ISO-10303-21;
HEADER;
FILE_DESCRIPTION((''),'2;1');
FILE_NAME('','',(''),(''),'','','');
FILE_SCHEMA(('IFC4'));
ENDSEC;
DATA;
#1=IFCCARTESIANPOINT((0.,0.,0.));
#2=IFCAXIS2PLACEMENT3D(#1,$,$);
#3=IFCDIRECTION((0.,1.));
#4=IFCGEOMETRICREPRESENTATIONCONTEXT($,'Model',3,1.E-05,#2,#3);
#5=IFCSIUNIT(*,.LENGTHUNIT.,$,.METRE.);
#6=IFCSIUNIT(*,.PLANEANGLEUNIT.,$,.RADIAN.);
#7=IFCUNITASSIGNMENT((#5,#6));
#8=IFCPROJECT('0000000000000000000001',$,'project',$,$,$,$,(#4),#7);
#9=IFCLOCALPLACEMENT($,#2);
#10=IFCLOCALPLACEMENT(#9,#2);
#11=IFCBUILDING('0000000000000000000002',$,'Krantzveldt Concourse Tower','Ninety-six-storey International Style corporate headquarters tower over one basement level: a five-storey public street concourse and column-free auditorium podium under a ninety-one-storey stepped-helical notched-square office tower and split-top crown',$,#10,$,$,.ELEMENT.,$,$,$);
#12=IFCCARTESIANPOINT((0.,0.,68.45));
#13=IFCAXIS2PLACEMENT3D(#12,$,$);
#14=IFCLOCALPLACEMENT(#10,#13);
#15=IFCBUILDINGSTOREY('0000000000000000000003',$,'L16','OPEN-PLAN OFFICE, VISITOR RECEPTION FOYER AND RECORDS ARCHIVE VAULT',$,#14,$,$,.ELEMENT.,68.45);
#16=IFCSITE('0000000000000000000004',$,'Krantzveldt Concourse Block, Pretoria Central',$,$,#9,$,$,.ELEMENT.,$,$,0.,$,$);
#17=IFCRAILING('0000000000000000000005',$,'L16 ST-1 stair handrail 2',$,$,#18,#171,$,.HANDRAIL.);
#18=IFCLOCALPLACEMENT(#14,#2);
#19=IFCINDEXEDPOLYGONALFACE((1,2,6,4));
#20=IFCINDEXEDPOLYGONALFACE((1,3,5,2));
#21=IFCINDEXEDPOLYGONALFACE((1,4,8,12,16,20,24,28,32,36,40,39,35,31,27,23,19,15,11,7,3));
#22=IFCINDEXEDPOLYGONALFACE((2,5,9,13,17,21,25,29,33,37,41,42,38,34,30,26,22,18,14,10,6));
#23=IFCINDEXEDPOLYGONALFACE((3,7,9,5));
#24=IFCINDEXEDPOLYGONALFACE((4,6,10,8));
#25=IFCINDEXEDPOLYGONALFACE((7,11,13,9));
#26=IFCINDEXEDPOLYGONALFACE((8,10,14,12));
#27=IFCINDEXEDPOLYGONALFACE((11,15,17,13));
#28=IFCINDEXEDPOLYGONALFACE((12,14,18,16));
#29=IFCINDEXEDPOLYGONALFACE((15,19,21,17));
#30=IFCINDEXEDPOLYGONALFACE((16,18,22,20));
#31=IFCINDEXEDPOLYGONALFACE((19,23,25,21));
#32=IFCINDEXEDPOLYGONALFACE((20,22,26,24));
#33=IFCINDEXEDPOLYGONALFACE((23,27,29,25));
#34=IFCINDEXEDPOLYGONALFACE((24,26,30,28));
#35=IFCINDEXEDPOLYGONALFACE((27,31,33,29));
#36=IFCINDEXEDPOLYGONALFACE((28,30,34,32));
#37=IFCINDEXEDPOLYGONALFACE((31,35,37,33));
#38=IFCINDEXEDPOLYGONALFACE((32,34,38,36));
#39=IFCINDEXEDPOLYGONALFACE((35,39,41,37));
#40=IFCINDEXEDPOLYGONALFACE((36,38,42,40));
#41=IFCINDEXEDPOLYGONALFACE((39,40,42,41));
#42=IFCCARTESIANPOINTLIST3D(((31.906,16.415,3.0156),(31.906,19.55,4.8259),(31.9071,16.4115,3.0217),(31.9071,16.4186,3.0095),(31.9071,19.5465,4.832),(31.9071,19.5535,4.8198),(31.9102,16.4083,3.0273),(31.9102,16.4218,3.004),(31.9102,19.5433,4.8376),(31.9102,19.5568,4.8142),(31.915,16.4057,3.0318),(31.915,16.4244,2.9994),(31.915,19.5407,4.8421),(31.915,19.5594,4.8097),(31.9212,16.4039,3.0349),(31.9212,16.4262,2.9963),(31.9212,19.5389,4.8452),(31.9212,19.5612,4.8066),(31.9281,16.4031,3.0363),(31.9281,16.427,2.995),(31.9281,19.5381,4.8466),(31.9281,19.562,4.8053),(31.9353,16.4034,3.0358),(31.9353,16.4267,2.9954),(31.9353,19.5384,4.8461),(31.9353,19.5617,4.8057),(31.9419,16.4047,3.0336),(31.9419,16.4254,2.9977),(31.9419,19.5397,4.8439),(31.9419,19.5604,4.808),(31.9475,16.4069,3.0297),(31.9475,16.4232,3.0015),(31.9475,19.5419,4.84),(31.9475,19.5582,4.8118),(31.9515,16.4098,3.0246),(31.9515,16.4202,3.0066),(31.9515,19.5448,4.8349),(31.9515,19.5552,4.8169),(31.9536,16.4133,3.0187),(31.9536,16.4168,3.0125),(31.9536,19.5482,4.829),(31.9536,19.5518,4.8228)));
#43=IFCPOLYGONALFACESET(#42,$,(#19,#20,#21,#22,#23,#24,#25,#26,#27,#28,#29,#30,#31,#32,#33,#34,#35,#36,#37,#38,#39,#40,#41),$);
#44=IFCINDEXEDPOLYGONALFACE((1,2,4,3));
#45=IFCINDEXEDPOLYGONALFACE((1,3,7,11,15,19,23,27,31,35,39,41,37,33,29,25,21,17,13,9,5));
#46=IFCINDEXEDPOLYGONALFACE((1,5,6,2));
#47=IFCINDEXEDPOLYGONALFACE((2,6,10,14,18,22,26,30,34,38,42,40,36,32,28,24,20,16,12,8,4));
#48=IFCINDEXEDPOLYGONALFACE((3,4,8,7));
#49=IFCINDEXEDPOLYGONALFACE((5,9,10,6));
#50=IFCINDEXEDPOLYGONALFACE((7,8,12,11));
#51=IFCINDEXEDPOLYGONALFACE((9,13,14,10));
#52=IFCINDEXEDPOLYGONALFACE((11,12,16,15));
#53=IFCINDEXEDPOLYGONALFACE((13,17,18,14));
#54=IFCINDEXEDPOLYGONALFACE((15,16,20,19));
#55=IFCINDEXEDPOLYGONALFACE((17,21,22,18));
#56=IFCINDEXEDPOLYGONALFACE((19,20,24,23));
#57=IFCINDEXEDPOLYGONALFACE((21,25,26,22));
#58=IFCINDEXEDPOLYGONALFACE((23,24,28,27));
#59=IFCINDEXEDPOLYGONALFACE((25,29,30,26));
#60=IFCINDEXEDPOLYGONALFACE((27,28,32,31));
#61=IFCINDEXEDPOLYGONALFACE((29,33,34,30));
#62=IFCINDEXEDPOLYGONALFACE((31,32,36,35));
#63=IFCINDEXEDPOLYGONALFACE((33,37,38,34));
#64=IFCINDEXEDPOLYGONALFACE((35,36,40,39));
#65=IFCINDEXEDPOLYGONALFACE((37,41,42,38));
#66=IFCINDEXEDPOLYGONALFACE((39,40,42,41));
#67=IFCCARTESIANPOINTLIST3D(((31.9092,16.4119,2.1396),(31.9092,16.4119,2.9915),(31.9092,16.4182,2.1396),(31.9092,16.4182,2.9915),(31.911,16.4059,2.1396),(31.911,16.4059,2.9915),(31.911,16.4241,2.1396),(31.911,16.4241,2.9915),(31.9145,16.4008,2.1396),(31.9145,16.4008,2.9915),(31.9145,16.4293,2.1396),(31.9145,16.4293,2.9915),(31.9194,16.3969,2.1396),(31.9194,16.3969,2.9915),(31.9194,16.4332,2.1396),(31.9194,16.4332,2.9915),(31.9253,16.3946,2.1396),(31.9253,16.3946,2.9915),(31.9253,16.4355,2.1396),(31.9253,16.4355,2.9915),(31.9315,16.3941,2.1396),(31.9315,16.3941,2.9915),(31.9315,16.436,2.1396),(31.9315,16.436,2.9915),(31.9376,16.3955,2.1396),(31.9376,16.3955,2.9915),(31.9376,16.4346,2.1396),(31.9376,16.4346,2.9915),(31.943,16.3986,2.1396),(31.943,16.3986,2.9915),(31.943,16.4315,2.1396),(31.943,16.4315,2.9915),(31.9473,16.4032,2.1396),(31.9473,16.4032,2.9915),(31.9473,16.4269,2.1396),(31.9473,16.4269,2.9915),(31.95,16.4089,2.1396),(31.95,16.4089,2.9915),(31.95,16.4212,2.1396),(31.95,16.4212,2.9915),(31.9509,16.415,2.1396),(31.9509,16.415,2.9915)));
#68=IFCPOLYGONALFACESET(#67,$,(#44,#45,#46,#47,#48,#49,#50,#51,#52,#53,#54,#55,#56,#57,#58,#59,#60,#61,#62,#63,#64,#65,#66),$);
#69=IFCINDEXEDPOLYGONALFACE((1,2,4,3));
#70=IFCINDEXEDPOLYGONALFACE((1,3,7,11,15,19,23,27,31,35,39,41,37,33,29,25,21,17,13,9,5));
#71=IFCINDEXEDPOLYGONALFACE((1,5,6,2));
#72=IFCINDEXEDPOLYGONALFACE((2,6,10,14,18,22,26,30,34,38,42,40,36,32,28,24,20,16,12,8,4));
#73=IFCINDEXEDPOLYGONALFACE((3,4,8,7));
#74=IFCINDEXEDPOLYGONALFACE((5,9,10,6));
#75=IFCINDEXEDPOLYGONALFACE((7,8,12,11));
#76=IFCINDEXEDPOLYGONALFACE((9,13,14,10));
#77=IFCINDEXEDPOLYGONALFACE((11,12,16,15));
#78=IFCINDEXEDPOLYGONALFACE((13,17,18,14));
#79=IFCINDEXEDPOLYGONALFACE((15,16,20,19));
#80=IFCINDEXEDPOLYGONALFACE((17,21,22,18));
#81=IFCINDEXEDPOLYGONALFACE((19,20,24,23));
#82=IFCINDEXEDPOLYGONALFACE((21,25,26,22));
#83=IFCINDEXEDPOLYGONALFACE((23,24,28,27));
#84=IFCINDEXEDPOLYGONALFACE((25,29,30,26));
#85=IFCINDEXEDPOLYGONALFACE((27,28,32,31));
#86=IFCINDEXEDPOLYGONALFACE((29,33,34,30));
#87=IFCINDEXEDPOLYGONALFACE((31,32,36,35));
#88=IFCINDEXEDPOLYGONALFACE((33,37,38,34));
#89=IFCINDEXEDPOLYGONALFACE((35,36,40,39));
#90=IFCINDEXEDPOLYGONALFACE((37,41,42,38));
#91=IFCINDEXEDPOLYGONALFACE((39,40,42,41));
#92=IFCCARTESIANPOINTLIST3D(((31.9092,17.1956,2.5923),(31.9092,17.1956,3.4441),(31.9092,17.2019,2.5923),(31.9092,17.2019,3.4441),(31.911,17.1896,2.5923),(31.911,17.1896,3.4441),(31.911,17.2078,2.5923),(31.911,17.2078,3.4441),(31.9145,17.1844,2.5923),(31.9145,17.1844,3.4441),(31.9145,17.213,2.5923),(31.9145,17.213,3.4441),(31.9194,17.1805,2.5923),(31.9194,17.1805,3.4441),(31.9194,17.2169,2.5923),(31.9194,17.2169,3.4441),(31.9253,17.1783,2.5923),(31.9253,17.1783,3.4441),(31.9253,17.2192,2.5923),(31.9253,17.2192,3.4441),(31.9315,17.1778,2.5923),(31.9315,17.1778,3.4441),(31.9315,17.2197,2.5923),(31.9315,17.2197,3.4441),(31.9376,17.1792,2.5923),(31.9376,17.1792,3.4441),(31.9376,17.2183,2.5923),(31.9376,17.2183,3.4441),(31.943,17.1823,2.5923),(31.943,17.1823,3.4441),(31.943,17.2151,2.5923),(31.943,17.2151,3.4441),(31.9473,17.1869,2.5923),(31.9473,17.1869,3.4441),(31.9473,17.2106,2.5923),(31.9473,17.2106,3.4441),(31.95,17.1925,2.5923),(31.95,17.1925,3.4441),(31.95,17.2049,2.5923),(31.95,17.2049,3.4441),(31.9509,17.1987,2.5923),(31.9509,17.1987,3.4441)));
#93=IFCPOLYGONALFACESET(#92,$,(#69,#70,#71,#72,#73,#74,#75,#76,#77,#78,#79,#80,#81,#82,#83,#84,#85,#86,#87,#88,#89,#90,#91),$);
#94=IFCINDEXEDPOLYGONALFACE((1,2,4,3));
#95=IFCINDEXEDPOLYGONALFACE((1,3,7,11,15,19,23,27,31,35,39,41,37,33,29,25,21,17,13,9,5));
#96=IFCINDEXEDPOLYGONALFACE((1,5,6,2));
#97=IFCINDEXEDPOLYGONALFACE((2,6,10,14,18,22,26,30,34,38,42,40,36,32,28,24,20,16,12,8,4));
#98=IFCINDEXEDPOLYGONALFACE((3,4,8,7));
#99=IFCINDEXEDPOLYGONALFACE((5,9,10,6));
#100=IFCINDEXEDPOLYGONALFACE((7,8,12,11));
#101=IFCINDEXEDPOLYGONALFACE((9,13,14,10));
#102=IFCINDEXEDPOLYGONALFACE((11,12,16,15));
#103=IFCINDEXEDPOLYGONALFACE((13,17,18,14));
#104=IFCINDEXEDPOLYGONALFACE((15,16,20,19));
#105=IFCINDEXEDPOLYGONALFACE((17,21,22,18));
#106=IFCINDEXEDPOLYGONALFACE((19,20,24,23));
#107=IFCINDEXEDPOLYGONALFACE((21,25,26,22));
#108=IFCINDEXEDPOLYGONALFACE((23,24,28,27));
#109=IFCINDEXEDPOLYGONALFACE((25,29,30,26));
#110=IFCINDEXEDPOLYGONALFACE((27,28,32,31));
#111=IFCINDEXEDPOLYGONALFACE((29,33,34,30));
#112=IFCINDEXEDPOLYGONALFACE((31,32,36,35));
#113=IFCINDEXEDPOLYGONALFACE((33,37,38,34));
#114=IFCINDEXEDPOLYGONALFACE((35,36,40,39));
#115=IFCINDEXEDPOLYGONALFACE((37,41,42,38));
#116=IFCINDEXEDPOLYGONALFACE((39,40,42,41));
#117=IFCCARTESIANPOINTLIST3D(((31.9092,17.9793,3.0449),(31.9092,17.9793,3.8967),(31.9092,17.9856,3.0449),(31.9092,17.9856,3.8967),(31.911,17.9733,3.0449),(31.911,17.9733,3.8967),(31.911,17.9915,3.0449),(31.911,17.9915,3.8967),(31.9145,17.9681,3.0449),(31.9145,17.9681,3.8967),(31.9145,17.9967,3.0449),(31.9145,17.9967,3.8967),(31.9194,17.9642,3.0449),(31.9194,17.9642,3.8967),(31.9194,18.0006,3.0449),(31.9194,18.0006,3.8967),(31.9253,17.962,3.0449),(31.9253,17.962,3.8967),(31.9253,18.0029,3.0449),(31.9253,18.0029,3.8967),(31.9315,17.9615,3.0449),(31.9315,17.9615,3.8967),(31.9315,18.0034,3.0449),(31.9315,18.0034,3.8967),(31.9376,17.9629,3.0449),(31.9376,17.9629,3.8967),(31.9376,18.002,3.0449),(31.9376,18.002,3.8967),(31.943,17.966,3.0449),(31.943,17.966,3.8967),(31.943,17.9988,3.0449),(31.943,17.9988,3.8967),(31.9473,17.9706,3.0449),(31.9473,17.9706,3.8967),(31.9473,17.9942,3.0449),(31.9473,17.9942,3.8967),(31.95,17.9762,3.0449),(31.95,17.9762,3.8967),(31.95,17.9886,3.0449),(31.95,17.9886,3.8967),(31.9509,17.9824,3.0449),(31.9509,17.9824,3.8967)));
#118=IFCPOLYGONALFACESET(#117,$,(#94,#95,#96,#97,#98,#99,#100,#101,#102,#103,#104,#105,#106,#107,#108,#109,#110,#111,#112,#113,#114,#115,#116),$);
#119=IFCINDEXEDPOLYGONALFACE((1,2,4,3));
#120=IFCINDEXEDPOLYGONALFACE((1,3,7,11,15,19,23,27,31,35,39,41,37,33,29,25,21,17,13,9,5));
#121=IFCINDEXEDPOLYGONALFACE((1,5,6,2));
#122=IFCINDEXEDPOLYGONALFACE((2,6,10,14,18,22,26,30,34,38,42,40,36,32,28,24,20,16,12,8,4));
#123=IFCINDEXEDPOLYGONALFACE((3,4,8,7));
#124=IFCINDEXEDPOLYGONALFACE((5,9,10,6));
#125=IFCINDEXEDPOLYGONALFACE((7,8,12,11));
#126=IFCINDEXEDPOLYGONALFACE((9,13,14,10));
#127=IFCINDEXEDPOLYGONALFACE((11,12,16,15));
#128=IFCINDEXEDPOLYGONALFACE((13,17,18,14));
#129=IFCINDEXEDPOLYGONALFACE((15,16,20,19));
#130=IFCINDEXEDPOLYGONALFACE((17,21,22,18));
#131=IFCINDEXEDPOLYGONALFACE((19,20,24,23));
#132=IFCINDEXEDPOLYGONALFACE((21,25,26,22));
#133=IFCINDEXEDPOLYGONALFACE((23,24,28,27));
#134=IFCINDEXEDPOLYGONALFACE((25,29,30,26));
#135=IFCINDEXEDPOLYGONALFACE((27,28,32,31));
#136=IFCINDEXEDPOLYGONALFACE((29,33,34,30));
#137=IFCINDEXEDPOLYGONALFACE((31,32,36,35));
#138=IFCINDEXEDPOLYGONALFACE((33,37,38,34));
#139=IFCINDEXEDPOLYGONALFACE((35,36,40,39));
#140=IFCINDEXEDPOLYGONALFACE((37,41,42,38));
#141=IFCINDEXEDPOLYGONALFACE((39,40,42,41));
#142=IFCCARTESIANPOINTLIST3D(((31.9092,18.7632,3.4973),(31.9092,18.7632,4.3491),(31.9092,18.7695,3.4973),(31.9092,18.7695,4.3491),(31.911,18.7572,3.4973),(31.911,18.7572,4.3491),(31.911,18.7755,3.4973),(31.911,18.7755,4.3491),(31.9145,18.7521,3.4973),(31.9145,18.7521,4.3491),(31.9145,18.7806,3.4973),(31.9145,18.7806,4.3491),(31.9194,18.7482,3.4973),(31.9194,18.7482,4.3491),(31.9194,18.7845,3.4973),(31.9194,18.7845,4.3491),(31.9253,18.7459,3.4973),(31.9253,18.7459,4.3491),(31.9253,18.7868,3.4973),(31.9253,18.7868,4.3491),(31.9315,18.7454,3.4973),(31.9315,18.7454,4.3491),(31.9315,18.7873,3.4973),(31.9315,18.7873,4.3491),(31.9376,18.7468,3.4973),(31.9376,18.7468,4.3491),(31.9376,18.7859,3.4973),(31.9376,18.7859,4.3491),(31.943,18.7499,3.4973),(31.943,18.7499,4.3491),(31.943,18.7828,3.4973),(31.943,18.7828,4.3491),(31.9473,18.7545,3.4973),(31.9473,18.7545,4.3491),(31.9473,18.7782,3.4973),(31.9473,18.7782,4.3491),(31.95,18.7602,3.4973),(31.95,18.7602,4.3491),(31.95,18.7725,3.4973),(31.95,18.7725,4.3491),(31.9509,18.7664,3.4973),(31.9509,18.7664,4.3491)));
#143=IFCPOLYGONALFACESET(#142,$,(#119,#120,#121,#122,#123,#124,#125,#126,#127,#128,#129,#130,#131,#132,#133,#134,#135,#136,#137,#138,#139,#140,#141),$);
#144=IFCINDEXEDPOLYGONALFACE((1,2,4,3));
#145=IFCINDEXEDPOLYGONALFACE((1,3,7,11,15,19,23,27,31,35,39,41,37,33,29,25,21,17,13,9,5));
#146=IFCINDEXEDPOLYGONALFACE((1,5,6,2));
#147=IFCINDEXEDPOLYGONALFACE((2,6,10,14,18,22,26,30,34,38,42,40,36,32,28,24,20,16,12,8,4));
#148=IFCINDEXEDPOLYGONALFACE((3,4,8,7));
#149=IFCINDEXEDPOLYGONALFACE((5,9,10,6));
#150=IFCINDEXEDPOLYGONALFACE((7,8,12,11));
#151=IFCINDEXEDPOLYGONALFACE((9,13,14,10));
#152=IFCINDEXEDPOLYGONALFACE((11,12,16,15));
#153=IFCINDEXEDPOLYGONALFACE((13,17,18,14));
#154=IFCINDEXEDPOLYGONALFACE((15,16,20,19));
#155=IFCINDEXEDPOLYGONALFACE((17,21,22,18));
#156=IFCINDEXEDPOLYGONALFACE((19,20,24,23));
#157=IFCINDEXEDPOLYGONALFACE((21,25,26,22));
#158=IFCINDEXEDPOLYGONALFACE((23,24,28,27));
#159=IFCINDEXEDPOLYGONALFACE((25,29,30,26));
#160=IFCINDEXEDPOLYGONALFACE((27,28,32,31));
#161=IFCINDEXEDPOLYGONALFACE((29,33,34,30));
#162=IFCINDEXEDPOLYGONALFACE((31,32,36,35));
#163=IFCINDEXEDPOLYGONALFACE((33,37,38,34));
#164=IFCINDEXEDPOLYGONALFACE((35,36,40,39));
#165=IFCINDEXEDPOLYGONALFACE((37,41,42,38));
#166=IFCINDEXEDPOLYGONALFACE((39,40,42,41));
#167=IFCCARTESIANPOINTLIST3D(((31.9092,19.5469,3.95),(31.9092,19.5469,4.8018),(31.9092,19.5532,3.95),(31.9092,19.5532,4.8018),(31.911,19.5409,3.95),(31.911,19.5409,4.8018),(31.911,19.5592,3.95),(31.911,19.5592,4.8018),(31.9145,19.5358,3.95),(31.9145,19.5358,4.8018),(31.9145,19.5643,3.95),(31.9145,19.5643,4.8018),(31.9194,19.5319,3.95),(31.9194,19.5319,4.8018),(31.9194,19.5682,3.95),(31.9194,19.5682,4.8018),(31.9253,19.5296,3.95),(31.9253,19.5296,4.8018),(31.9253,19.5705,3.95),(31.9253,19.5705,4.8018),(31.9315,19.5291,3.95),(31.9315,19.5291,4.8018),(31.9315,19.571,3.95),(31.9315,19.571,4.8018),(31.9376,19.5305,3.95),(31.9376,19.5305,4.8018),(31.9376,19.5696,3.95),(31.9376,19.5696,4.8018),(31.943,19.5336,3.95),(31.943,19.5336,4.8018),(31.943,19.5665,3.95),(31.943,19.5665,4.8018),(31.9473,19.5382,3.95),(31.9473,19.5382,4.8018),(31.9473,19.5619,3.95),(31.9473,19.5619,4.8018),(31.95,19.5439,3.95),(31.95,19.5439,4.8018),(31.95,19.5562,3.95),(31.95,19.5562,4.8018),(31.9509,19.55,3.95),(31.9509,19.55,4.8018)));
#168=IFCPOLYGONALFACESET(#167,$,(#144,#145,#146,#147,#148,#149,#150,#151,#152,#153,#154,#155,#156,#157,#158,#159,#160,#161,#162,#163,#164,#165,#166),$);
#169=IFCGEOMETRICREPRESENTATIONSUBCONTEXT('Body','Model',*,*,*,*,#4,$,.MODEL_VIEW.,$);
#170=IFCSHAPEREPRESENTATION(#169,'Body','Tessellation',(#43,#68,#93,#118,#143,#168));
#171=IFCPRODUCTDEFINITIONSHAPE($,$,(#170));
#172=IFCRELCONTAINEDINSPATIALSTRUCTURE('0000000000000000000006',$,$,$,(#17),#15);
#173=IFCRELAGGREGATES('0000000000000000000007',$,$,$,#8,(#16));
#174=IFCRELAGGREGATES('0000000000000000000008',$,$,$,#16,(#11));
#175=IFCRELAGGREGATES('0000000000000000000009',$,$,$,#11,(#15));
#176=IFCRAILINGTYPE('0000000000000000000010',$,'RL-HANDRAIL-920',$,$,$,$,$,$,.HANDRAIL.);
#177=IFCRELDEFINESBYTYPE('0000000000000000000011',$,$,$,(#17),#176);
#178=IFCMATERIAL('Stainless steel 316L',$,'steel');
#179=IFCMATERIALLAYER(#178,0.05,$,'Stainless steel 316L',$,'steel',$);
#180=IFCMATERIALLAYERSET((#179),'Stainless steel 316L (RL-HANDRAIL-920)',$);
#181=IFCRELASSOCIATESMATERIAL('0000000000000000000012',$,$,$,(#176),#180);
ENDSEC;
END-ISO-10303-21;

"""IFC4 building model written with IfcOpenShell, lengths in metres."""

from ifc_helpers import new_model, si_unit, direction, frame, origin, origin_2d, place, context, subcontext, project, spatial, circle, extrude, material, layer, layer_set, type_object, element, save


model = new_model("IFC4")

# Units and contexts
model_context = context("Model", 3, precision=1e-05, world=origin(), true_north=direction((0.0, 1.0)))
body_context = subcontext(model_context, "Body", "Model", "MODEL_VIEW")
ifc_project = project(units=[si_unit("LENGTHUNIT", "METRE"), si_unit("PLANEANGLEUNIT", "RADIAN")], contexts=[model_context])

# Site, building, storey
site_placement = place(None, origin())
site = spatial("IfcSite", under=ifc_project, at=site_placement, Name="Krantzveldt Concourse Block, Pretoria Central", CompositionType="ELEMENT", RefElevation=0.0)
building_placement = place(site_placement, origin())
building = spatial("IfcBuilding", under=site, at=building_placement, Name="Krantzveldt Concourse Tower", Description="Ninety-six-storey International Style corporate headquarters tower over one basement level: a five-storey public street concourse and column-free auditorium podium under a ninety-one-storey stepped-helical notched-square office tower and split-top crown", CompositionType="ELEMENT")
storey_placement = place(building_placement, frame((0.0, 0.0, 68.45)))
storey = spatial("IfcBuildingStorey", under=building, at=storey_placement, Name="L16", Description="OPEN-PLAN OFFICE, VISITOR RECEPTION FOYER AND RECORDS ARCHIVE VAULT", CompositionType="ELEMENT", Elevation=68.45)

# Railing
ifc_material_1 = material(Name="Stainless steel 316L", Category="steel")
ifc_layer_1 = layer(ifc_material_1, 0.05, Name="Stainless steel 316L", Category="steel")
ifc_layer_set_1 = layer_set([ifc_layer_1], Name="Stainless steel 316L (RL-HANDRAIL-920)")
railing_type_1 = type_object("IfcRailingType", Name="RL-HANDRAIL-920", PredefinedType="HANDRAIL", material=ifc_layer_set_1)
railing_1_placement = place(storey_placement, frame((31.9299, 16.415, 2.1396)))
element("IfcRailing", 1, at=railing_1_placement, inside=storey, type_object=railing_type_1, Name="L16 ST-1 stair handrail 2", PredefinedType="HANDRAIL", context=body_context, shape_type="SweptSolid", body=[
    extrude(circle(Radius=0.0239, at=origin_2d()), frame((0.0, 0.0, 0.876), z_axis=(0.0, 0.865989, 0.500063), x_axis=(-1.0, 0.0, 0.0)), (0.0, 0.0, 1.0), 3.6201),
    extrude(circle(Radius=0.021, at=origin_2d()), origin(), (0.0, 0.0, 1.0), 0.8518),
    extrude(circle(Radius=0.021, at=origin_2d()), frame((0.0, 0.7837, 0.4526)), (0.0, 0.0, 1.0), 0.8518),
    extrude(circle(Radius=0.021, at=origin_2d()), frame((0.0, 1.5674, 0.9053)), (0.0, 0.0, 1.0), 0.8518),
    extrude(circle(Radius=0.021, at=origin_2d()), frame((0.0, 2.3513, 1.3577)), (0.0, 0.0, 1.0), 0.8518),
    extrude(circle(Radius=0.021, at=origin_2d()), frame((0.0, 3.135, 1.8103)), (0.0, 0.0, 1.0), 0.8518),
])

save(model, "model.ifc")
